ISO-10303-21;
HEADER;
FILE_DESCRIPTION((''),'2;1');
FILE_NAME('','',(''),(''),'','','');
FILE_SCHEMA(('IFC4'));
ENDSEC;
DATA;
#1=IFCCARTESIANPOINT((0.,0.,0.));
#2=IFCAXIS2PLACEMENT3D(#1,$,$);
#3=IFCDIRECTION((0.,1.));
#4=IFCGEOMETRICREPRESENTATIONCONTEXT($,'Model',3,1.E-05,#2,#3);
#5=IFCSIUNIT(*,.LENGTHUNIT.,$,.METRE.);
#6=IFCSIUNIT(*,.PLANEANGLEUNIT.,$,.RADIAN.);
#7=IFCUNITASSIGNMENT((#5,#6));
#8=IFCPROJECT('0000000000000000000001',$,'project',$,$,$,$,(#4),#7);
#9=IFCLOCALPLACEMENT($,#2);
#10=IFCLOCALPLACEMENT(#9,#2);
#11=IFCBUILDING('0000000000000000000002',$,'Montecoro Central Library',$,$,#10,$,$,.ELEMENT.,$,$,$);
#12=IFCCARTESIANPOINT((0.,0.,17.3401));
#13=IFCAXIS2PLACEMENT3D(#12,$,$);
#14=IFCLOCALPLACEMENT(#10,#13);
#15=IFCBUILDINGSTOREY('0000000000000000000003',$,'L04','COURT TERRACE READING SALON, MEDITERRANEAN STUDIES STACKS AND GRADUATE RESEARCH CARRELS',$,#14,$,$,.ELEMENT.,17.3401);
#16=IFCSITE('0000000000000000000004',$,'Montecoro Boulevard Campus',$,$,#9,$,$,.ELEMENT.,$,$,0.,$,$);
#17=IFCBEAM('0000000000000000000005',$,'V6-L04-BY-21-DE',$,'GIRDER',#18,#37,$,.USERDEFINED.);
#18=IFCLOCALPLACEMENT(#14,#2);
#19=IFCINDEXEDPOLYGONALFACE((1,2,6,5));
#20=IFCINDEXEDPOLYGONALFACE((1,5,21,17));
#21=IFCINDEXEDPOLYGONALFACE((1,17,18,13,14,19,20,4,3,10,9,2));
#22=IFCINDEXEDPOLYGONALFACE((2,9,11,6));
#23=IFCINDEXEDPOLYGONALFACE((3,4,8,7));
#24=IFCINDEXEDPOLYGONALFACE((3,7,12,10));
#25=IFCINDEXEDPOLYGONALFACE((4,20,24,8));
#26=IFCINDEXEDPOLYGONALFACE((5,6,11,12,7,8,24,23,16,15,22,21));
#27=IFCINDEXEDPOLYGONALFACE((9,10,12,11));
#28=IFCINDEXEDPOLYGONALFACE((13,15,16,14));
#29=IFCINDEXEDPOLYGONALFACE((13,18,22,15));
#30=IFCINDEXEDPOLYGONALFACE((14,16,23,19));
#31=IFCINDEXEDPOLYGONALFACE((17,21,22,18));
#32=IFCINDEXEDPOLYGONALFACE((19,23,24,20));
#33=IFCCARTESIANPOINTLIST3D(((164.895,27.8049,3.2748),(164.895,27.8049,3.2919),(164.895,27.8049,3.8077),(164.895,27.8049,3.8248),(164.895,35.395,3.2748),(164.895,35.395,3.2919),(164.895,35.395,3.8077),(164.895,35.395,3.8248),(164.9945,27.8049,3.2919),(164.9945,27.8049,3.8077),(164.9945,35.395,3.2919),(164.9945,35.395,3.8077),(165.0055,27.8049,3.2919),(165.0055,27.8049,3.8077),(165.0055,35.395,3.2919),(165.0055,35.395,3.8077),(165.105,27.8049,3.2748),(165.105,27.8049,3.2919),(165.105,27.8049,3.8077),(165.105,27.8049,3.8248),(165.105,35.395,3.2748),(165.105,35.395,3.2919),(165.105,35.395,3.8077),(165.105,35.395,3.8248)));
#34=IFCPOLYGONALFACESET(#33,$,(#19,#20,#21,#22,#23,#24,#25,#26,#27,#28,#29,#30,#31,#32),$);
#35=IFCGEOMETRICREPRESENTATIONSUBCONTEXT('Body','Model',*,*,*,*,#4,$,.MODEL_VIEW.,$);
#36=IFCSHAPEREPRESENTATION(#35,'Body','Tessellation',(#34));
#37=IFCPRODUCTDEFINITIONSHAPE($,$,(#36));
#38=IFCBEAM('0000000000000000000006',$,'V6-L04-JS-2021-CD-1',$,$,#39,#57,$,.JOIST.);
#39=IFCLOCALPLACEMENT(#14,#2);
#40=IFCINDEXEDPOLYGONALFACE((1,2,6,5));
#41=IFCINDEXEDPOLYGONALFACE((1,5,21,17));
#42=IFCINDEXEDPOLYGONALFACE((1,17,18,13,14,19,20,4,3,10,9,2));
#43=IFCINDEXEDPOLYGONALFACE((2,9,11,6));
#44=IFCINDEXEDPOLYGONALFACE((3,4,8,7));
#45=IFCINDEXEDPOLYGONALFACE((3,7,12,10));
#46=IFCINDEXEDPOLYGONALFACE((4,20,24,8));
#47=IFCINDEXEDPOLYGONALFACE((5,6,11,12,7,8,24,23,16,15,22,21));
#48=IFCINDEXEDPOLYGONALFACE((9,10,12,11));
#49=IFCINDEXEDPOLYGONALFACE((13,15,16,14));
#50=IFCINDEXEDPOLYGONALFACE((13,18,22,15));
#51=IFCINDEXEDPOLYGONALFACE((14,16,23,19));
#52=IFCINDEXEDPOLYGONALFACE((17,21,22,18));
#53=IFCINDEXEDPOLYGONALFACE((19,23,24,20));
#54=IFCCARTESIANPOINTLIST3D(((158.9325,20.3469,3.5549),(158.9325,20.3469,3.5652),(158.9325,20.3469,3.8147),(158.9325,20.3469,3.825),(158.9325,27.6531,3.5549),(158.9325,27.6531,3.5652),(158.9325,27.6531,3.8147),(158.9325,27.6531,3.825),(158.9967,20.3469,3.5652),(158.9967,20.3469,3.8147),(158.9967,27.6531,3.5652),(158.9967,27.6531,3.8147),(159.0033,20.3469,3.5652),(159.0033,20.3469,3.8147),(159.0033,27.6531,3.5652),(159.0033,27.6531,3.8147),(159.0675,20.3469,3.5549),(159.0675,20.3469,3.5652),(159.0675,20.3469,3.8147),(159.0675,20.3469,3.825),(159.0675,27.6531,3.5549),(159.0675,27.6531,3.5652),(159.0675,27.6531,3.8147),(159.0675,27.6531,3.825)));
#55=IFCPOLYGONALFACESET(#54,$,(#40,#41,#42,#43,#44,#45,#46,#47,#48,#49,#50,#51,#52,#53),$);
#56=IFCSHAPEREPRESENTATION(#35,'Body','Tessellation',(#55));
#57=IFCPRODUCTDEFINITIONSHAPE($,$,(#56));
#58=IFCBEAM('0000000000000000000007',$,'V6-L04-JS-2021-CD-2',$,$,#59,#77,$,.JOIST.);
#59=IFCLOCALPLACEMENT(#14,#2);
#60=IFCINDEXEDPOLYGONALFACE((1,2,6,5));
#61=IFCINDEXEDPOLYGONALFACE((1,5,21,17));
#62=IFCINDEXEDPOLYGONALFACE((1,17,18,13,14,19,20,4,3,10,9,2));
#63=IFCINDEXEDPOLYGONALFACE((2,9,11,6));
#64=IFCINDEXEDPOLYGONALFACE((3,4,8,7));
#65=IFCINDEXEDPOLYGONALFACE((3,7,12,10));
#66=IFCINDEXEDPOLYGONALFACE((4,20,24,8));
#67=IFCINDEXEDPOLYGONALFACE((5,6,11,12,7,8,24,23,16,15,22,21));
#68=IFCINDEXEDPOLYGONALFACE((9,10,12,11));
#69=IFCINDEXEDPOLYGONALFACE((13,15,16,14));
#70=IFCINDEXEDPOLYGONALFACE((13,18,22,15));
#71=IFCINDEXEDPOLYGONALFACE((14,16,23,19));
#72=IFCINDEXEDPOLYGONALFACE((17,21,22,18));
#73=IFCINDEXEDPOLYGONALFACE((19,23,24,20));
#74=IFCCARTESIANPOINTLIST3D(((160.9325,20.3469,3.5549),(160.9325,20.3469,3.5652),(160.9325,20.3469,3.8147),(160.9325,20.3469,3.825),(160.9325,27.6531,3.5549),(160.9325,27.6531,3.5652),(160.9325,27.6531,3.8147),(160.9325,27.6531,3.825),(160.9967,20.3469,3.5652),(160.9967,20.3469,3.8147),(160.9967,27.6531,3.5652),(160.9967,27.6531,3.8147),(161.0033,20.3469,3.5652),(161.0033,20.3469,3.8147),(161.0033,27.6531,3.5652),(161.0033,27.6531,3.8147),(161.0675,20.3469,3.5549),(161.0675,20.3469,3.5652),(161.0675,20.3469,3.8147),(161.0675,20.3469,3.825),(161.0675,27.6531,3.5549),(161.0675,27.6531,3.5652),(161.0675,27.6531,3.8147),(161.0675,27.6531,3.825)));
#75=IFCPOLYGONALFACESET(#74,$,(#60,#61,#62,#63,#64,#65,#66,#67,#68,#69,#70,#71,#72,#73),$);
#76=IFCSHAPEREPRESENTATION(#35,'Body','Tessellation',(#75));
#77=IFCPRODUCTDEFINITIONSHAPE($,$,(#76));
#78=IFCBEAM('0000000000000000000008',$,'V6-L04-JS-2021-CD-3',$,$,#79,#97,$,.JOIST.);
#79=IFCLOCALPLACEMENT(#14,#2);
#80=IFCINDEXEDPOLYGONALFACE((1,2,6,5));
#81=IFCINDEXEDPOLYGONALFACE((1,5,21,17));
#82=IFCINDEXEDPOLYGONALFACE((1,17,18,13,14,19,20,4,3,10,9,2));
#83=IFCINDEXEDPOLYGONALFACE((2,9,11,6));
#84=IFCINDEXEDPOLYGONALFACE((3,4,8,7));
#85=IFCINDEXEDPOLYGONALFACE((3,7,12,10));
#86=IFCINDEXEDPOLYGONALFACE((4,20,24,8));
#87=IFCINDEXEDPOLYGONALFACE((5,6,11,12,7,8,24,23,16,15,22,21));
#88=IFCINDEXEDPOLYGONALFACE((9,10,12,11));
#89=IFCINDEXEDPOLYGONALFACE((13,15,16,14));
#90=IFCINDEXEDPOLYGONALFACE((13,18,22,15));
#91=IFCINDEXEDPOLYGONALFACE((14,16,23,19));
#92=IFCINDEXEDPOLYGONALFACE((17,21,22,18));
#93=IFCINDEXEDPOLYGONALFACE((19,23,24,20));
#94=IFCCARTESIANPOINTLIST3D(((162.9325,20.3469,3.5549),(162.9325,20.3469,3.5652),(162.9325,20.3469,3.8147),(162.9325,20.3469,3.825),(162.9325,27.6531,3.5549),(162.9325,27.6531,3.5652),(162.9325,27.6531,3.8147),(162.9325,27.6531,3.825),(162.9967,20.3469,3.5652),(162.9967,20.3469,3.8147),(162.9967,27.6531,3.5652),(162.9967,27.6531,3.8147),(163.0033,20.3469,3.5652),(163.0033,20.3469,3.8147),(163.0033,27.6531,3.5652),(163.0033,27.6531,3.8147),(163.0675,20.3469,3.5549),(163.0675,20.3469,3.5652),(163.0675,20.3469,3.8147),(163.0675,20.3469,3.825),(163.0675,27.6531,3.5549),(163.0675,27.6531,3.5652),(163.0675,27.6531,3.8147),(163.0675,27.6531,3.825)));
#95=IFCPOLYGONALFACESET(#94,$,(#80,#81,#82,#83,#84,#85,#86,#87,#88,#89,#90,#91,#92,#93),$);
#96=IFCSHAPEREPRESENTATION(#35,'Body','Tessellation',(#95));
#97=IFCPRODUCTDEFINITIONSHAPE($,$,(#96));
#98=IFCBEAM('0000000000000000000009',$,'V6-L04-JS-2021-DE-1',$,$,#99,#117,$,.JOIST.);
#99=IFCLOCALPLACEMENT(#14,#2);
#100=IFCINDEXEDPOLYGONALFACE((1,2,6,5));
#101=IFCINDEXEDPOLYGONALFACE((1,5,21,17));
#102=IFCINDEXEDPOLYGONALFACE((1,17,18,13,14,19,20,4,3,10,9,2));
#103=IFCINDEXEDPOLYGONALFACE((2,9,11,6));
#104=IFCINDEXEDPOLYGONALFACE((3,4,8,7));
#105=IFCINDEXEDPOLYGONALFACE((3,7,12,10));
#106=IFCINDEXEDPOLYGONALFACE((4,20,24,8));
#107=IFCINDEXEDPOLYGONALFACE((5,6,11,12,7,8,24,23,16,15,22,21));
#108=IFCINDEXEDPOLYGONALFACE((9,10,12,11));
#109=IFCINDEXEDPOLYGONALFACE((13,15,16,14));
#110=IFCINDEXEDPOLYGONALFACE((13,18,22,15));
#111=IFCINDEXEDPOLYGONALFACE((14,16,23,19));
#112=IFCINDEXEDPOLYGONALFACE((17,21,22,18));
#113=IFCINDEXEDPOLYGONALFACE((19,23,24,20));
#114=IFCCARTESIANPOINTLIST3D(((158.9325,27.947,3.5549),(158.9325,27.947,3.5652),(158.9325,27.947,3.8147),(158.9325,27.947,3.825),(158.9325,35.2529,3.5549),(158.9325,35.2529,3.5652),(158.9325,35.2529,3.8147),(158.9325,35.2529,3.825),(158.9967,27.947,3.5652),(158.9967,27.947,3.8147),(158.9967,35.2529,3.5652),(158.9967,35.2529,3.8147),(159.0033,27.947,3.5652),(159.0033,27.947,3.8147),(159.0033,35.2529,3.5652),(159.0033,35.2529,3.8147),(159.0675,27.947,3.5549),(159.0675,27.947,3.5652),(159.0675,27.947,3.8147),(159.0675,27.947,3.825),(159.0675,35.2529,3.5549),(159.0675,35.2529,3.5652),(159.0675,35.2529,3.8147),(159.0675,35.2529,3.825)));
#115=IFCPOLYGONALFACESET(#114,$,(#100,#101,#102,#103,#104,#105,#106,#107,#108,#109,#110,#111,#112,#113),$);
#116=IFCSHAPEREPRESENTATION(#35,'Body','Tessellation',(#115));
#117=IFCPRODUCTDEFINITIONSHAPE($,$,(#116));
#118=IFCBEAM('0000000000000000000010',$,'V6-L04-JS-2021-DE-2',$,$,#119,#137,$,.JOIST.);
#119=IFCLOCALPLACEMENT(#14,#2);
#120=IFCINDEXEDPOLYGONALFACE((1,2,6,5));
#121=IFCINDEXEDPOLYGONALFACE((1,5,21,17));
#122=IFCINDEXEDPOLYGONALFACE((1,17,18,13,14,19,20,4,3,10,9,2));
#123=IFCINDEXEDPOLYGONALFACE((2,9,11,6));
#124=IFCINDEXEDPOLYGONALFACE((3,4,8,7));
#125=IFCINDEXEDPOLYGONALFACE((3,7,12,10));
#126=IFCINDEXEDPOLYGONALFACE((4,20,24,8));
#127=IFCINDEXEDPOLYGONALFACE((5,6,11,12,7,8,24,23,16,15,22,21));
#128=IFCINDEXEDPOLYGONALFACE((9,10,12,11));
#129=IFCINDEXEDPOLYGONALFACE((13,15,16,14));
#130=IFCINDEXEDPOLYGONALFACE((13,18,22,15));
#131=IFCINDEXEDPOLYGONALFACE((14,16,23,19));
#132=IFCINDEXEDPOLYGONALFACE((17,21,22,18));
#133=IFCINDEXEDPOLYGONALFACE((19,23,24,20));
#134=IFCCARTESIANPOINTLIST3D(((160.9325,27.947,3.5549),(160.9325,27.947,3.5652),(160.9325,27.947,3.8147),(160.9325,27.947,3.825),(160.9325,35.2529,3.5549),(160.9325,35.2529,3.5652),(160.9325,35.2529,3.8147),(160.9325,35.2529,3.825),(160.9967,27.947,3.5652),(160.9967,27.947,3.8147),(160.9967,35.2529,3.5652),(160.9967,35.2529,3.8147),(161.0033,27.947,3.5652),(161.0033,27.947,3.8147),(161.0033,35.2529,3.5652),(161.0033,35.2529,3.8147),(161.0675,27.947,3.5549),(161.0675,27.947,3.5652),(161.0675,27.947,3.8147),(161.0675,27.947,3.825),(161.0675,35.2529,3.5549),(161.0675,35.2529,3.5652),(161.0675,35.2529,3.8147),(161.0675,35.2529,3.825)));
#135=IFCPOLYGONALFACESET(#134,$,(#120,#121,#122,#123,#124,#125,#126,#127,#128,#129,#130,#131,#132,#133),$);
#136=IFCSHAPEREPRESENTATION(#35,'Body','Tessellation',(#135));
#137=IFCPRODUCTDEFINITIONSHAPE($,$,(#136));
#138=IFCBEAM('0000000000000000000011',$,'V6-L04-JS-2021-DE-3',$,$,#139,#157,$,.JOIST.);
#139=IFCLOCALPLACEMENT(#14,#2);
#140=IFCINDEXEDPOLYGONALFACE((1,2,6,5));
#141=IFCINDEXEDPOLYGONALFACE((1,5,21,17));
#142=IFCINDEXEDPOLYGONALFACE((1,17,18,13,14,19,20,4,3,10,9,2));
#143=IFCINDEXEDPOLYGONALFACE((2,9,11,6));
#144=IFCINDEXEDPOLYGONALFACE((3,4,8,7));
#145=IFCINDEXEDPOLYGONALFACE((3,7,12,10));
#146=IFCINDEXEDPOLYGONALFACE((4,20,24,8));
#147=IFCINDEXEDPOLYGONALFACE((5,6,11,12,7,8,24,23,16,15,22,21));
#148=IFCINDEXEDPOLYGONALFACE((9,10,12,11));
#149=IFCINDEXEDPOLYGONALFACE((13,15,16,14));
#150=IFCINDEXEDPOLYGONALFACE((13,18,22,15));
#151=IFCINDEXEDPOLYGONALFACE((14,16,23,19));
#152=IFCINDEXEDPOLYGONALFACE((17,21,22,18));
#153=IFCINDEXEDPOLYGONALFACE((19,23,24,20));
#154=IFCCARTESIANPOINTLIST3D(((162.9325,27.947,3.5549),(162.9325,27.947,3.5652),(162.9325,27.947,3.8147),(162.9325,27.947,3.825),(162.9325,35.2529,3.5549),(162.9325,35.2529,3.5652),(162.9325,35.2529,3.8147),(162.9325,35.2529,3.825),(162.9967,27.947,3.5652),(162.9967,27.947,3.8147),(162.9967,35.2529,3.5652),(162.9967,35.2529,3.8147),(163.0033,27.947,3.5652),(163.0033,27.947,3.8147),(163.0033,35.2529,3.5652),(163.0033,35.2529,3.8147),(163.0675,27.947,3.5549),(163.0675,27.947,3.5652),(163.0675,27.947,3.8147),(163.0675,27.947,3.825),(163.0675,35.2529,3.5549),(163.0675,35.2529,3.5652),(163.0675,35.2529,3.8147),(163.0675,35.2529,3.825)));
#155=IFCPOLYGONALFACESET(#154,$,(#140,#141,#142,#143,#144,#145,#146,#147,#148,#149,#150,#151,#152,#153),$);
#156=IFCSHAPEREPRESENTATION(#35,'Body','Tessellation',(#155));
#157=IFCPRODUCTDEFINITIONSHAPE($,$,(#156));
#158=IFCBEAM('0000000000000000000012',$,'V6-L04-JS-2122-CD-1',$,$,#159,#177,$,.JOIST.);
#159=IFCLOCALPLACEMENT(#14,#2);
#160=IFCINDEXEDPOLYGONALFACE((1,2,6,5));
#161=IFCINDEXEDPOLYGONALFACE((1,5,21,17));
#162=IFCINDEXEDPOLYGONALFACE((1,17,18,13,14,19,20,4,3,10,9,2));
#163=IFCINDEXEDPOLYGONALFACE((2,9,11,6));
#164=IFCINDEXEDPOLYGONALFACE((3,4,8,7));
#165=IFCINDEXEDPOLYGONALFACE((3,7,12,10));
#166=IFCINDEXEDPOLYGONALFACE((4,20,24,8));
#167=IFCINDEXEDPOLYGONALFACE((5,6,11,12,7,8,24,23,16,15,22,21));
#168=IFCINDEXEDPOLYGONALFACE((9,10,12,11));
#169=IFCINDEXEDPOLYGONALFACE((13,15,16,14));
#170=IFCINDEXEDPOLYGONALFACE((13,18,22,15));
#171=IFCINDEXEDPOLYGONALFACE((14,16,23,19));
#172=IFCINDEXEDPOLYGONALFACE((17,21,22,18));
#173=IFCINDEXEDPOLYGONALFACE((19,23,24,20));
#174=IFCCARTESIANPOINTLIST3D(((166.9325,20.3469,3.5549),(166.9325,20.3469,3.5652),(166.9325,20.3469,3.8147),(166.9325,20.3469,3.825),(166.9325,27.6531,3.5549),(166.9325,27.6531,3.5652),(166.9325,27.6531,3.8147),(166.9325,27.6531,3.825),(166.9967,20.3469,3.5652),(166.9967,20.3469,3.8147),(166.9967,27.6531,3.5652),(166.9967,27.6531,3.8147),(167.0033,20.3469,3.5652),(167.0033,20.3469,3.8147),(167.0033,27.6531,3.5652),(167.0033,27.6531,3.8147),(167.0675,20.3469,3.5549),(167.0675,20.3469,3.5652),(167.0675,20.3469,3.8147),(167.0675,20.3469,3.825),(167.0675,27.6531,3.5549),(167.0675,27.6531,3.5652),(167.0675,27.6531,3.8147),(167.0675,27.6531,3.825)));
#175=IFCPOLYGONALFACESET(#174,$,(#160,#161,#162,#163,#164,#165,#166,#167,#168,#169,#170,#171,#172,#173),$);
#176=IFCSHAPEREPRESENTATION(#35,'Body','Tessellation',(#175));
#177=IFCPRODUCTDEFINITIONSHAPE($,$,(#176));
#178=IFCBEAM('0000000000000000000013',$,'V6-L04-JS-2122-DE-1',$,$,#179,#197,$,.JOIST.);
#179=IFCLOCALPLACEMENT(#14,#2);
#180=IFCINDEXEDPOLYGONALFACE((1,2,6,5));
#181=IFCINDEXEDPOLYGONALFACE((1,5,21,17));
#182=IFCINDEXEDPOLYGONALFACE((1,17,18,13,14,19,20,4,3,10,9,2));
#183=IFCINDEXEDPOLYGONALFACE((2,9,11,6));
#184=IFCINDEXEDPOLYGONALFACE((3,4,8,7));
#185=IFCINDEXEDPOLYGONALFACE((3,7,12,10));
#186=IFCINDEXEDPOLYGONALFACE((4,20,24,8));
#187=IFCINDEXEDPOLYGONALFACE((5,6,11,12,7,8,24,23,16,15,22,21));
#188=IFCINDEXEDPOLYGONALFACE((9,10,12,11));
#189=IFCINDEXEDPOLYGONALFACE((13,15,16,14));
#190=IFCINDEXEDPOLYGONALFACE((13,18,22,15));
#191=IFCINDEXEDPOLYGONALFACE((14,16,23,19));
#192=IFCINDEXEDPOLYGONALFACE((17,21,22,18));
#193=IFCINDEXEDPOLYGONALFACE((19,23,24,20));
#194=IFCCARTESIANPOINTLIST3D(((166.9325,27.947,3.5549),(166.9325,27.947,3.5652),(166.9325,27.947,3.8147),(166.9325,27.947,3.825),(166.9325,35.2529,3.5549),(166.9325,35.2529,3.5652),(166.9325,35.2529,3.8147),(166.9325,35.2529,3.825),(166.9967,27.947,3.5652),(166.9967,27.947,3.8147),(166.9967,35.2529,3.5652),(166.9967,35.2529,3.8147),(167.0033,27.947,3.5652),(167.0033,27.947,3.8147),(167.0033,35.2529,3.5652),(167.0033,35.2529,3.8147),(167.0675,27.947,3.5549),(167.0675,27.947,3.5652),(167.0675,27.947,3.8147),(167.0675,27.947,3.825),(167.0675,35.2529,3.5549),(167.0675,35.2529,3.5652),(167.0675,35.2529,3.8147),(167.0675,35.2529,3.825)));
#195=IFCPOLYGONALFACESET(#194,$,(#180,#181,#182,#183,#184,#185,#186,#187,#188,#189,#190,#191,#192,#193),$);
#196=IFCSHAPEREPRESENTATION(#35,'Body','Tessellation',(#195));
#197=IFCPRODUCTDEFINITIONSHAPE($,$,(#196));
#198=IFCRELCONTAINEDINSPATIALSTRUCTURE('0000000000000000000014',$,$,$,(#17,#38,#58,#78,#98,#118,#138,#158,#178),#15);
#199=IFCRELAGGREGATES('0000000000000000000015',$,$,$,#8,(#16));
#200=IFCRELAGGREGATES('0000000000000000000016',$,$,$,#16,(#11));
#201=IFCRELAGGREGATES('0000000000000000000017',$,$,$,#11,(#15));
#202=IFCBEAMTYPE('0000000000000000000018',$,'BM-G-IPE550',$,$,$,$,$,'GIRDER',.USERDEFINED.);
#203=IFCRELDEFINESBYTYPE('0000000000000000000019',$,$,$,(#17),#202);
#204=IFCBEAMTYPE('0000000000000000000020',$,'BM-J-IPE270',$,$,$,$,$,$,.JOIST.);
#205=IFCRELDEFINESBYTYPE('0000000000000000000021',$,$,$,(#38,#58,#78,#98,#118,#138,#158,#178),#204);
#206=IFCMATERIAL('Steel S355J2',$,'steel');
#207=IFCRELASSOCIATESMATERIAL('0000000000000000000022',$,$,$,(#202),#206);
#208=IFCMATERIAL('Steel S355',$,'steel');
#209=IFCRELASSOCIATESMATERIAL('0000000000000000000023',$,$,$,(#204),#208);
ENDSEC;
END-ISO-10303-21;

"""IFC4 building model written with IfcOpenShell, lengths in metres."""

from ifc_helpers import new_model, si_unit, direction, frame, origin, origin_2d, place, context, subcontext, project, spatial, i_section, extrude, material, material_profile, profile_set, type_object, element, save


model = new_model("IFC4")

# Units and contexts
model_context = context("Model", 3, precision=1e-05, world=origin(), true_north=direction((0.0, 1.0)))
body_context = subcontext(model_context, "Body", "Model", "MODEL_VIEW")
ifc_project = project(units=[si_unit("LENGTHUNIT", "METRE"), si_unit("PLANEANGLEUNIT", "RADIAN")], contexts=[model_context])

# Site, building, storey
site_placement = place(None, origin())
site = spatial("IfcSite", under=ifc_project, at=site_placement, Name="Montecoro Boulevard Campus", CompositionType="ELEMENT", RefElevation=0.0)
building_placement = place(site_placement, origin())
building = spatial("IfcBuilding", under=site, at=building_placement, Name="Montecoro Central Library", CompositionType="ELEMENT")
storey_placement = place(building_placement, frame((0.0, 0.0, 17.3401)))
storey = spatial("IfcBuildingStorey", under=building, at=storey_placement, Name="L04", Description="COURT TERRACE READING SALON, MEDITERRANEAN STUDIES STACKS AND GRADUATE RESEARCH CARRELS", CompositionType="ELEMENT", Elevation=17.3401)

# Shared definitions
ifc_material_1 = material(Name="Steel S355", Category="steel")

# Beams
ifc_material_2 = material(Name="Steel S355J2", Category="steel")
ifc_material_profile_1 = material_profile(ifc_material_2, i_section(OverallWidth=0.21, OverallDepth=0.55, WebThickness=0.011, FlangeThickness=0.0171, at=origin_2d()), Name="IPE 550")
ifc_profile_set_1 = profile_set([ifc_material_profile_1], Name="Steel S355J2")
beam_type_1 = type_object("IfcBeamType", Name="BM-G-IPE550", ElementType="GIRDER", PredefinedType="USERDEFINED", material=ifc_profile_set_1)
beam_1_placement = place(storey_placement, frame((165.0, 27.8049, 3.5498), z_axis=(0.0, 1.0, 0.0), x_axis=(-1.0, 0.0, 0.0)))
element("IfcBeam", 1, at=beam_1_placement, inside=storey, type_object=beam_type_1, Name="V6-L04-BY-21-DE", ObjectType="GIRDER", PredefinedType="USERDEFINED", context=body_context, shape_type="SweptSolid", body=[
    extrude(i_section(OverallWidth=0.21, OverallDepth=0.55, WebThickness=0.011, FlangeThickness=0.0171, at=origin_2d()), origin(), (0.0, 0.0, 1.0), 7.5901),
])
ifc_material_profile_2 = material_profile(ifc_material_1, i_section(OverallWidth=0.135, OverallDepth=0.27, WebThickness=0.0066, FlangeThickness=0.0103, at=origin_2d()), Name="IPE 270")
ifc_profile_set_2 = profile_set([ifc_material_profile_2], Name="Steel S355")
beam_type_2 = type_object("IfcBeamType", Name="BM-J-IPE270", PredefinedType="JOIST", material=ifc_profile_set_2)
for number, where, z_axis, x_axis, name in (
    (2, (159.0, 20.3469, 3.6899), (0.0, 1.0, 0.0), (-1.0, 0.0, 0.0), "V6-L04-JS-2021-CD-1"),
    (3, (161.0, 20.3469, 3.6899), (0.0, 1.0, 0.0), (-1.0, 0.0, 0.0), "V6-L04-JS-2021-CD-2"),
    (4, (163.0, 20.3469, 3.6899), (0.0, 1.0, 0.0), (-1.0, 0.0, 0.0), "V6-L04-JS-2021-CD-3"),
):
    element("IfcBeam", number, at=place(storey_placement, frame(where, z_axis=z_axis, x_axis=x_axis)), inside=storey, type_object=beam_type_2, Name=name, PredefinedType="JOIST", context=body_context, shape_type="SweptSolid", body=[
        extrude(i_section(OverallWidth=0.135, OverallDepth=0.27, WebThickness=0.0066, FlangeThickness=0.0103, at=origin_2d()), origin(), (0.0, 0.0, 1.0), 7.3062),
    ])
for number, where, z_axis, x_axis, name in (
    (5, (159.0, 27.947, 3.6899), (0.0, 1.0, 0.0), (-1.0, 0.0, 0.0), "V6-L04-JS-2021-DE-1"),
    (6, (161.0, 27.947, 3.6899), (0.0, 1.0, 0.0), (-1.0, 0.0, 0.0), "V6-L04-JS-2021-DE-2"),
    (7, (163.0, 27.947, 3.6899), (0.0, 1.0, 0.0), (-1.0, 0.0, 0.0), "V6-L04-JS-2021-DE-3"),
):
    element("IfcBeam", number, at=place(storey_placement, frame(where, z_axis=z_axis, x_axis=x_axis)), inside=storey, type_object=beam_type_2, Name=name, PredefinedType="JOIST", context=body_context, shape_type="SweptSolid", body=[
        extrude(i_section(OverallWidth=0.135, OverallDepth=0.27, WebThickness=0.0066, FlangeThickness=0.0103, at=origin_2d()), origin(), (0.0, 0.0, 1.0), 7.3059),
    ])
beam_2_placement = place(storey_placement, frame((167.0, 20.3469, 3.6899), z_axis=(0.0, 1.0, 0.0), x_axis=(-1.0, 0.0, 0.0)))
element("IfcBeam", 8, at=beam_2_placement, inside=storey, type_object=beam_type_2, Name="V6-L04-JS-2122-CD-1", PredefinedType="JOIST", context=body_context, shape_type="SweptSolid", body=[
    extrude(i_section(OverallWidth=0.135, OverallDepth=0.27, WebThickness=0.0066, FlangeThickness=0.0103, at=origin_2d()), origin(), (0.0, 0.0, 1.0), 7.3062),
])
beam_3_placement = place(storey_placement, frame((167.0, 27.947, 3.6899), z_axis=(0.0, 1.0, 0.0), x_axis=(-1.0, 0.0, 0.0)))
element("IfcBeam", 9, at=beam_3_placement, inside=storey, type_object=beam_type_2, Name="V6-L04-JS-2122-DE-1", PredefinedType="JOIST", context=body_context, shape_type="SweptSolid", body=[
    extrude(i_section(OverallWidth=0.135, OverallDepth=0.27, WebThickness=0.0066, FlangeThickness=0.0103, at=origin_2d()), origin(), (0.0, 0.0, 1.0), 7.3059),
])

save(model, "model.ifc")
